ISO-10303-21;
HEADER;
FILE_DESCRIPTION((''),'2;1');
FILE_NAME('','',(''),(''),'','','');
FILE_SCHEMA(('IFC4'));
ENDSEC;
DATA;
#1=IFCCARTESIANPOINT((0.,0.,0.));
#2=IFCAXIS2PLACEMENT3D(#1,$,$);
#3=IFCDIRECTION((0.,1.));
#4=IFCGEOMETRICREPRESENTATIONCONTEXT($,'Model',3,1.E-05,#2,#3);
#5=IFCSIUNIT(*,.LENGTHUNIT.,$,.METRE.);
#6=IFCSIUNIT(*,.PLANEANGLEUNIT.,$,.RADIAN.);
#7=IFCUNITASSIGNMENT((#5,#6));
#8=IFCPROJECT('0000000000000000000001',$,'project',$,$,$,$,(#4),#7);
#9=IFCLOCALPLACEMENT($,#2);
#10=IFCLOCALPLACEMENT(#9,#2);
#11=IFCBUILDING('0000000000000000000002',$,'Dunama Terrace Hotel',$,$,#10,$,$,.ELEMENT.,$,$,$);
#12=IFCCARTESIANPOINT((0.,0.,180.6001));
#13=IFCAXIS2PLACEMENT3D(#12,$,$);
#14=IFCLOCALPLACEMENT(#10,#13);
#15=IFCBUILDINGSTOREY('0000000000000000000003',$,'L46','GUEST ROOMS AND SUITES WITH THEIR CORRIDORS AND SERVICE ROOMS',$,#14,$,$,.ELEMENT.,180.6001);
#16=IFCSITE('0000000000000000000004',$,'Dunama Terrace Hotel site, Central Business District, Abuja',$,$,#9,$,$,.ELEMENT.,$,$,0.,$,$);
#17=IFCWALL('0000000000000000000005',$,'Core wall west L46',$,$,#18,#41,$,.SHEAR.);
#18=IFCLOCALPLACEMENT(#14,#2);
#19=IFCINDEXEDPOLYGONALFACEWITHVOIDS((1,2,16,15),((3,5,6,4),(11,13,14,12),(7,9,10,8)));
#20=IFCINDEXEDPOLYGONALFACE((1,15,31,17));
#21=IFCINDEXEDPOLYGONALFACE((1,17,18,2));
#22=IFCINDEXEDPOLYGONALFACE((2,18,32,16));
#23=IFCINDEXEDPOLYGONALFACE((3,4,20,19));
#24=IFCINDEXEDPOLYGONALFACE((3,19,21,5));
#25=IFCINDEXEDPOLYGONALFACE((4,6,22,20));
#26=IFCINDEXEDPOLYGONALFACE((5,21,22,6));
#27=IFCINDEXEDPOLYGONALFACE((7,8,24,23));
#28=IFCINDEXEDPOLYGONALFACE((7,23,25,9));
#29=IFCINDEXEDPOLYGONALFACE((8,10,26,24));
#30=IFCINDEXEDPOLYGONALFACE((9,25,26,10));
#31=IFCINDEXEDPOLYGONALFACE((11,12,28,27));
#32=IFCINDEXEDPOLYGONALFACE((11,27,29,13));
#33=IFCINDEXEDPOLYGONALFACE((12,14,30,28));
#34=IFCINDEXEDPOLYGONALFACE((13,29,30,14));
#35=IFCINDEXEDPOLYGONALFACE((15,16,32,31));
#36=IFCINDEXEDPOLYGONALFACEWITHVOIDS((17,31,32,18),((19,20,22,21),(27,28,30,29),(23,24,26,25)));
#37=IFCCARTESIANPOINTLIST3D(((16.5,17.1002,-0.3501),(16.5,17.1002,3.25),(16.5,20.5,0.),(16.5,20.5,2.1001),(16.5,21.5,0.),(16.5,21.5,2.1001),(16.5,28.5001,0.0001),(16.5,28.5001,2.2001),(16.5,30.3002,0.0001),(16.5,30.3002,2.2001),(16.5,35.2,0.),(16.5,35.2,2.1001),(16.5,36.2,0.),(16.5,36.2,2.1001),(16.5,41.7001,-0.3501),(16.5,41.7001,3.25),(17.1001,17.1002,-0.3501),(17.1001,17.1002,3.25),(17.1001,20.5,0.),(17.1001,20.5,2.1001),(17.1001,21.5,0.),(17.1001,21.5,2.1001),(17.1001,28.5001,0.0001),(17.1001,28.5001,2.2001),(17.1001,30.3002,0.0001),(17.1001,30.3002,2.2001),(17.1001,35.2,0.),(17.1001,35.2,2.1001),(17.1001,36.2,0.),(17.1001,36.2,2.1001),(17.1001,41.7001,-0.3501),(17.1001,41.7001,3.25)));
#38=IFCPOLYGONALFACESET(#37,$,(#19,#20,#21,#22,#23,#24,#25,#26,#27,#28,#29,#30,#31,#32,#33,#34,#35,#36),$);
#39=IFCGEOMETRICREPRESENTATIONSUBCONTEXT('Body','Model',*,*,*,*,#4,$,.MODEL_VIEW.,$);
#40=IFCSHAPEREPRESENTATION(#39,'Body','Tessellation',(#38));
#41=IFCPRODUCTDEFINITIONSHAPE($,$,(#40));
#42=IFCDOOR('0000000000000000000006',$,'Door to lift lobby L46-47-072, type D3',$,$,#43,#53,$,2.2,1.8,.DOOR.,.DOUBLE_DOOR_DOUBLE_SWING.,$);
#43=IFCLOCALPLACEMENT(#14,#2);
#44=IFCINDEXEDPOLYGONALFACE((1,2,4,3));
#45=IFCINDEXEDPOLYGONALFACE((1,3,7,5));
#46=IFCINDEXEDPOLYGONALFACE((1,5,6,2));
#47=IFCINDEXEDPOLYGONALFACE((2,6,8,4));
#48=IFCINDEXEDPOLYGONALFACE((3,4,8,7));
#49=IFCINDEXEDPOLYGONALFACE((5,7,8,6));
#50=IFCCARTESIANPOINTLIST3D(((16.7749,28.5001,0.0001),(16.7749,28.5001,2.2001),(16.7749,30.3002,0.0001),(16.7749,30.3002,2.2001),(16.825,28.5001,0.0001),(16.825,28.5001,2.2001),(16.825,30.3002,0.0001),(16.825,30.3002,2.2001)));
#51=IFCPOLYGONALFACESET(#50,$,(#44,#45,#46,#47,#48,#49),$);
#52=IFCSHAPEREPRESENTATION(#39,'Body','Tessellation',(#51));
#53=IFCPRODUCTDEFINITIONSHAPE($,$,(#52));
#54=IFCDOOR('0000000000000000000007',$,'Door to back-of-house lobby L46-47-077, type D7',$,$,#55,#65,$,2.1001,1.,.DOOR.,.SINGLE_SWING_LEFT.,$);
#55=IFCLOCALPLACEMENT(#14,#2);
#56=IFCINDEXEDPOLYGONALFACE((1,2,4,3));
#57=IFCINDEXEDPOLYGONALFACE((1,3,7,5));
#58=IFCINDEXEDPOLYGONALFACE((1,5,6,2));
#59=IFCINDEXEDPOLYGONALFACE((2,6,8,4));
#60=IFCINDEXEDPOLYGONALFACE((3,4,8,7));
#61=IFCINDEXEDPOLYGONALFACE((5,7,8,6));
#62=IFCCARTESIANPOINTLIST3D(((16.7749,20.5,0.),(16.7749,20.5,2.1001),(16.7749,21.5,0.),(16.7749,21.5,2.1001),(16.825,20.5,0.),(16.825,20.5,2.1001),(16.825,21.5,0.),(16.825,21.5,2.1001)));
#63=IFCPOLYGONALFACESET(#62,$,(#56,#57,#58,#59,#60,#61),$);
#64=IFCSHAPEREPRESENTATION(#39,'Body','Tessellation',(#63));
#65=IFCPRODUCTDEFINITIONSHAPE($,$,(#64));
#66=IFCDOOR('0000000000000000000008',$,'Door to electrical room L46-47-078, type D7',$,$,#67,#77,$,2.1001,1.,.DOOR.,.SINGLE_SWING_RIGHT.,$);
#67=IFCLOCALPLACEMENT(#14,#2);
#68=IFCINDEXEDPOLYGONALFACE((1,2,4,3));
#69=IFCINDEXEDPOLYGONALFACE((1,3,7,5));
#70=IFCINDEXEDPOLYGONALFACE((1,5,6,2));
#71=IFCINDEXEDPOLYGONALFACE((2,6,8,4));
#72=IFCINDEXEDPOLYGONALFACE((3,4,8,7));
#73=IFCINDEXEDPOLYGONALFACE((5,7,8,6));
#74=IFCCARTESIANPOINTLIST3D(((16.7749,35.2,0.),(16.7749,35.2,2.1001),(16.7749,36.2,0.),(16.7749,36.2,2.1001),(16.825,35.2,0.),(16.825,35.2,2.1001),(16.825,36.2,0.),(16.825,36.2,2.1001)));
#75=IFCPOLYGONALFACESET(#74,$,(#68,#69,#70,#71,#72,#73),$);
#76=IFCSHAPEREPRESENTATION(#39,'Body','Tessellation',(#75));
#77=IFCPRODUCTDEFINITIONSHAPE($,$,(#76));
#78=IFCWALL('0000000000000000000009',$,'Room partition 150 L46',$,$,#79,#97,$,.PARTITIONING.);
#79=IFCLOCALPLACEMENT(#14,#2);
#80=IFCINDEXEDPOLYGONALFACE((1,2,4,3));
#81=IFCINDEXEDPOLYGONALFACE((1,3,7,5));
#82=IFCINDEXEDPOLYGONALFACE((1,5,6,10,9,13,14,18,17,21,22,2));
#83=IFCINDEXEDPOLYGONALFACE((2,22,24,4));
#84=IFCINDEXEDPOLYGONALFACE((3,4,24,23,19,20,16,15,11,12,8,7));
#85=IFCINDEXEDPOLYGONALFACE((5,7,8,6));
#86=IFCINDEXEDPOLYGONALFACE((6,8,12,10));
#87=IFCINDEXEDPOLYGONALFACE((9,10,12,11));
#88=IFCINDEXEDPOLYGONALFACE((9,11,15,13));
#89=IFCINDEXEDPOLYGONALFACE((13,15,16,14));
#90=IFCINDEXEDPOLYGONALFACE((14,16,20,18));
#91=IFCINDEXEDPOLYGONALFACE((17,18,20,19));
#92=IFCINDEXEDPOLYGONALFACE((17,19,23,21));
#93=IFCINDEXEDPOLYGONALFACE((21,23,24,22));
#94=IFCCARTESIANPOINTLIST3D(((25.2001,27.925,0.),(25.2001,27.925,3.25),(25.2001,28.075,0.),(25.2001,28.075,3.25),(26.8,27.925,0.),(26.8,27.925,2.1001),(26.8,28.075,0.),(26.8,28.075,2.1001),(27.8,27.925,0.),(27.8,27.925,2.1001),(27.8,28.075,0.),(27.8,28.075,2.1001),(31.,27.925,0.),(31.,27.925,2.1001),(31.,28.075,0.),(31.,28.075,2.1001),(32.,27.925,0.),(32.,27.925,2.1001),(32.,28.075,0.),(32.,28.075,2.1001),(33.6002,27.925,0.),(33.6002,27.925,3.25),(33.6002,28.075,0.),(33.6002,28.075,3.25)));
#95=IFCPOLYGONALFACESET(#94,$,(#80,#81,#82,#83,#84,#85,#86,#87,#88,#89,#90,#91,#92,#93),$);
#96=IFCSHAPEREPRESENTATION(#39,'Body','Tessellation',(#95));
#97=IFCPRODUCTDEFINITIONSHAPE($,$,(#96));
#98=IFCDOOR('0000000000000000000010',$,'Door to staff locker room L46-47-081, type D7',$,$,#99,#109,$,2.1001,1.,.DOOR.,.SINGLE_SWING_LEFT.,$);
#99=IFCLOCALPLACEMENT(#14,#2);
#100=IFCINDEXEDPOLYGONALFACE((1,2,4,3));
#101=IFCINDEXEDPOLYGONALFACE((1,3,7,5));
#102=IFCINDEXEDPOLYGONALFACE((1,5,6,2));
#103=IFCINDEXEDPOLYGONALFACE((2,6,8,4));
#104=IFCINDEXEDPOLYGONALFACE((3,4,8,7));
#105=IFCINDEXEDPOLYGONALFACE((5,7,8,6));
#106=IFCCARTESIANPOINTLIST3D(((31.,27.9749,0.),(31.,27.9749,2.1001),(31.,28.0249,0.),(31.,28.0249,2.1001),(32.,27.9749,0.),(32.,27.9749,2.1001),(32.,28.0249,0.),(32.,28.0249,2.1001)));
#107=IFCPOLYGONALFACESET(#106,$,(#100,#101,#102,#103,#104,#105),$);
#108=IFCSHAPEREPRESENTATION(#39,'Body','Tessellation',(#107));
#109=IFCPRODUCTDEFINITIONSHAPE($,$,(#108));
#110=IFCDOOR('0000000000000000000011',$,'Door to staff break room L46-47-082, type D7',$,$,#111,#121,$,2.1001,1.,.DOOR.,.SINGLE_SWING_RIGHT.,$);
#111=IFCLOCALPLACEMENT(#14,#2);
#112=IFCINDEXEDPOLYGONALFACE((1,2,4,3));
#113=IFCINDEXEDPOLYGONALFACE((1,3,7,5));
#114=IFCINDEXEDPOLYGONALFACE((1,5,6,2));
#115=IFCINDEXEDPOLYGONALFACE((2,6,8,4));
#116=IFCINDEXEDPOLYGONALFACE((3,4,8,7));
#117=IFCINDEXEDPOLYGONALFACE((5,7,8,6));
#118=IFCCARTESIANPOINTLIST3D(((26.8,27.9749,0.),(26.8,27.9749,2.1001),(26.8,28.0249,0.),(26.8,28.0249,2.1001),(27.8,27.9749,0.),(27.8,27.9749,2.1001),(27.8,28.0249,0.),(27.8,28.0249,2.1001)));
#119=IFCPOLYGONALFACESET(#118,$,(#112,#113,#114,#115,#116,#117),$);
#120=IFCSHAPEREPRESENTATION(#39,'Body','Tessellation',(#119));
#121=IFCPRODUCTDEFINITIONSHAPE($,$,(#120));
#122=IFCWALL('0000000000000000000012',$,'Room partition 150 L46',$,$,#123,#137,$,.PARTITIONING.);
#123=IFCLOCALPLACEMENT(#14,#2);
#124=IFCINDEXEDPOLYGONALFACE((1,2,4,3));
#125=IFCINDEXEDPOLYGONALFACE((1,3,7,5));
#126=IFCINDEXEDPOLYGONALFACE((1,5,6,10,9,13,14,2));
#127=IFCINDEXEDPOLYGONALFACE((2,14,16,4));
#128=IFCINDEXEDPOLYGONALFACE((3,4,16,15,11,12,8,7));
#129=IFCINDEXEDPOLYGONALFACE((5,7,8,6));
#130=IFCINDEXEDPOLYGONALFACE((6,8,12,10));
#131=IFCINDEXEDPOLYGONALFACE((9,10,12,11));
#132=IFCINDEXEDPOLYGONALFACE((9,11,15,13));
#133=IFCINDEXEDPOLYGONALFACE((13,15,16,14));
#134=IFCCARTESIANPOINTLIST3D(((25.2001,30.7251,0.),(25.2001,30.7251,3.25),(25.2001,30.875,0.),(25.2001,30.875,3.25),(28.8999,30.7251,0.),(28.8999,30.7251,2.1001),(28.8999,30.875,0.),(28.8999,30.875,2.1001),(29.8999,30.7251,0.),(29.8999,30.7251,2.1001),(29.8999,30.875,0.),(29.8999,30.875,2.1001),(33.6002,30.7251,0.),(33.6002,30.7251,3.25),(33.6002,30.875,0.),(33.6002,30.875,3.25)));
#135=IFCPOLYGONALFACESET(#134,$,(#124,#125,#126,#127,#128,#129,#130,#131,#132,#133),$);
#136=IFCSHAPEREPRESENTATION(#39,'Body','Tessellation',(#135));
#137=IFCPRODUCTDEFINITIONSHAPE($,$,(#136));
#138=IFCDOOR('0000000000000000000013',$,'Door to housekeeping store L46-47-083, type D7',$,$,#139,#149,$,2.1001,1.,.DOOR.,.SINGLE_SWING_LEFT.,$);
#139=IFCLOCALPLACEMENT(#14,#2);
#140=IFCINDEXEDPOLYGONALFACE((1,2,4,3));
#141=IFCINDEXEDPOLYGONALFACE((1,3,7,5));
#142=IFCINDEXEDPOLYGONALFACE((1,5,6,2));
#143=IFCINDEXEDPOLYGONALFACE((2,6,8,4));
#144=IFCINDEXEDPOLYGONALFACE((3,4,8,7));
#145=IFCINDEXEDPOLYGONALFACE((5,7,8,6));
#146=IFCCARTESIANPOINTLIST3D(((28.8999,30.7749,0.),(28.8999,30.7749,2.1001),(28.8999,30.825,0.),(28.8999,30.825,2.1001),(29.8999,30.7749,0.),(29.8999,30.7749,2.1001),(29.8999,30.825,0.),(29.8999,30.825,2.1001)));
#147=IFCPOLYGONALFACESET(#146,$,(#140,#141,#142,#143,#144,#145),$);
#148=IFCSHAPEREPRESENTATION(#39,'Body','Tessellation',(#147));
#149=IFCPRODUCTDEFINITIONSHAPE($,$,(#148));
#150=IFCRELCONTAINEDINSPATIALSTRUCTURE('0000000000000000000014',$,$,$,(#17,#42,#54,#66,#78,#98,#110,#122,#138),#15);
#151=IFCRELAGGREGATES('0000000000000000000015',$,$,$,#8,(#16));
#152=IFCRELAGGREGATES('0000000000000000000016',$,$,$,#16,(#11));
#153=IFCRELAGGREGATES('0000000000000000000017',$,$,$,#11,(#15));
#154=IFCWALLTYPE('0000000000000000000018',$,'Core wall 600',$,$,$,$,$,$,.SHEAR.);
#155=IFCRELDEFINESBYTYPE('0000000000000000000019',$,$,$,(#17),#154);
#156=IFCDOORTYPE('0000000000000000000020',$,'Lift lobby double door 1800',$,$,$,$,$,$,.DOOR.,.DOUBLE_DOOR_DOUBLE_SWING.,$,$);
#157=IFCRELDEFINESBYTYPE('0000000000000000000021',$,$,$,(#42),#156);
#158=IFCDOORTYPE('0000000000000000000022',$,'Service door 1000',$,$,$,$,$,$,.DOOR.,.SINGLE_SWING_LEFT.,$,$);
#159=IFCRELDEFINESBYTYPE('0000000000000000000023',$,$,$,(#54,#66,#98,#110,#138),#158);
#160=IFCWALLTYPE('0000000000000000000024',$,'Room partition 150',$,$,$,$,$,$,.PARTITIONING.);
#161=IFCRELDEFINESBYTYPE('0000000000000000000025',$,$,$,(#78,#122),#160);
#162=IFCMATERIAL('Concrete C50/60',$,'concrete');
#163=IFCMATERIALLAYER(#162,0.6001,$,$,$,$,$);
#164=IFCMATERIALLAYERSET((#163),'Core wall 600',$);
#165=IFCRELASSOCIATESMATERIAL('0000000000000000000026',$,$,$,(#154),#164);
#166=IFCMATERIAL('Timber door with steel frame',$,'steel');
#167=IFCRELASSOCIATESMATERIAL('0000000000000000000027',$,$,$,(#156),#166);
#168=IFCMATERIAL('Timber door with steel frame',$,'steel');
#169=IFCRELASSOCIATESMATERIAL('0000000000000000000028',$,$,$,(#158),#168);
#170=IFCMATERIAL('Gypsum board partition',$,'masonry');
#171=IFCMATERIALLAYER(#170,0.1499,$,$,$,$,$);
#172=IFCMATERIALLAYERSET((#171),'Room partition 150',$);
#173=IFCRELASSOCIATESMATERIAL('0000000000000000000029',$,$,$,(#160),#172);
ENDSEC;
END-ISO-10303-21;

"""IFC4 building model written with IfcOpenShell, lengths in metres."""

from ifc_helpers import new_model, si_unit, direction, frame, frame_2d, origin, place, context, subcontext, project, spatial, rectangle, extrude, material, layer, layer_set, type_object, element, fill, save


model = new_model("IFC4")

# Units and contexts
model_context = context("Model", 3, precision=1e-05, world=origin(), true_north=direction((0.0, 1.0)))
body_context = subcontext(model_context, "Body", "Model", "MODEL_VIEW")
ifc_project = project(units=[si_unit("LENGTHUNIT", "METRE"), si_unit("PLANEANGLEUNIT", "RADIAN")], contexts=[model_context])

# Site, building, storey
site_placement = place(None, origin())
site = spatial("IfcSite", under=ifc_project, at=site_placement, Name="Dunama Terrace Hotel site, Central Business District, Abuja", CompositionType="ELEMENT", RefElevation=0.0)
building_placement = place(site_placement, origin())
building = spatial("IfcBuilding", under=site, at=building_placement, Name="Dunama Terrace Hotel", CompositionType="ELEMENT")
storey_placement = place(building_placement, frame((0.0, 0.0, 180.6001)))
storey = spatial("IfcBuildingStorey", under=building, at=storey_placement, Name="L46", Description="GUEST ROOMS AND SUITES WITH THEIR CORRIDORS AND SERVICE ROOMS", CompositionType="ELEMENT", Elevation=180.6001)

# Walls, openings, doors
ifc_material_1 = material(Name="Concrete C50/60", Category="concrete")
ifc_layer_1 = layer(ifc_material_1, 0.6001)
ifc_layer_set_1 = layer_set([ifc_layer_1], Name="Core wall 600")
wall_type_1 = type_object("IfcWallType", Name="Core wall 600", PredefinedType="SHEAR", material=ifc_layer_set_1)
wall_1_placement = place(storey_placement, frame((16.8, 41.7, -0.3501), z_axis=(0.0, 0.0, 1.0), x_axis=(0.0, -1.0, 0.0)))
wall_1 = element("IfcWall", 1, at=wall_1_placement, inside=storey, type_object=wall_type_1, Name="Core wall west L46", PredefinedType="SHEAR", context=body_context, shape_type="SweptSolid", body=[
    extrude(rectangle(XDim=24.5999, YDim=0.6001, at=frame_2d((12.2998, 0.0))), origin(), (0.0, 0.0, 1.0), 3.6001),
])
opening_1_placement = place(wall_1_placement, frame((11.3999, 0.0, 0.3501)))
opening_1 = element("IfcOpeningElement", 2, at=opening_1_placement, cuts=wall_1, PredefinedType="OPENING", context=body_context, shape_type="SweptSolid", body=[
    extrude(rectangle(XDim=1.8, YDim=2.2, at=frame_2d((0.8999, 1.1001))), frame((0.0, 0.3101, 0.0), z_axis=(0.0, -1.0, 0.0), x_axis=(1.0, 0.0, 0.0)), (0.0, 0.0, 1.0), 0.6201),
])
opening_2_placement = place(wall_1_placement, frame((20.2, 0.0, 0.3501)))
opening_2 = element("IfcOpeningElement", 3, at=opening_2_placement, cuts=wall_1, PredefinedType="OPENING", context=body_context, shape_type="SweptSolid", body=[
    extrude(rectangle(XDim=1.0, YDim=2.1001, at=frame_2d((0.5, 1.05))), frame((0.0, 0.3101, 0.0), z_axis=(0.0, -1.0, 0.0), x_axis=(1.0, 0.0, 0.0)), (0.0, 0.0, 1.0), 0.6201),
])
opening_3_placement = place(wall_1_placement, frame((5.5, 0.0, 0.3501)))
opening_3 = element("IfcOpeningElement", 4, at=opening_3_placement, cuts=wall_1, PredefinedType="OPENING", context=body_context, shape_type="SweptSolid", body=[
    extrude(rectangle(XDim=1.0, YDim=2.1001, at=frame_2d((0.5, 1.05))), frame((0.0, 0.3101, 0.0), z_axis=(0.0, -1.0, 0.0), x_axis=(1.0, 0.0, 0.0)), (0.0, 0.0, 1.0), 0.6201),
])
ifc_material_2 = material(Name="Timber door with steel frame", Category="steel")
door_type_1 = type_object("IfcDoorType", Name="Lift lobby double door 1800", OperationType="DOUBLE_DOOR_DOUBLE_SWING", PredefinedType="DOOR", material=ifc_material_2)
door_1_placement = place(opening_1_placement, origin())
door_1 = element("IfcDoor", 5, at=door_1_placement, inside=storey, type_object=door_type_1, Name="Door to lift lobby L46-47-072, type D3", OperationType="DOUBLE_DOOR_DOUBLE_SWING", OverallHeight=2.2, OverallWidth=1.8, PredefinedType="DOOR", context=body_context, shape_type="SweptSolid", body=[
    extrude(rectangle(XDim=1.8, YDim=2.2, at=frame_2d((0.8999, 1.1001))), frame((0.0, 0.0249, 0.0), z_axis=(0.0, -1.0, 0.0), x_axis=(1.0, 0.0, 0.0)), (0.0, 0.0, 1.0), 0.05),
])
fill(opening_1, door_1)
ifc_material_3 = material(Name="Timber door with steel frame", Category="steel")
door_type_2 = type_object("IfcDoorType", Name="Service door 1000", OperationType="SINGLE_SWING_LEFT", PredefinedType="DOOR", material=ifc_material_3)
door_2_placement = place(opening_2_placement, origin())
door_2 = element("IfcDoor", 6, at=door_2_placement, inside=storey, type_object=door_type_2, Name="Door to back-of-house lobby L46-47-077, type D7", OperationType="SINGLE_SWING_LEFT", OverallHeight=2.1001, OverallWidth=1.0, PredefinedType="DOOR", context=body_context, shape_type="SweptSolid", body=[
    extrude(rectangle(XDim=1.0, YDim=2.1001, at=frame_2d((0.5, 1.05))), frame((0.0, 0.0249, 0.0), z_axis=(0.0, -1.0, 0.0), x_axis=(1.0, 0.0, 0.0)), (0.0, 0.0, 1.0), 0.05),
])
fill(opening_2, door_2)
door_3_placement = place(opening_3_placement, origin())
door_3 = element("IfcDoor", 7, at=door_3_placement, inside=storey, type_object=door_type_2, Name="Door to electrical room L46-47-078, type D7", OperationType="SINGLE_SWING_RIGHT", OverallHeight=2.1001, OverallWidth=1.0, PredefinedType="DOOR", context=body_context, shape_type="SweptSolid", body=[
    extrude(rectangle(XDim=1.0, YDim=2.1001, at=frame_2d((0.5, 1.05))), frame((0.0, 0.0249, 0.0), z_axis=(0.0, -1.0, 0.0), x_axis=(1.0, 0.0, 0.0)), (0.0, 0.0, 1.0), 0.05),
])
fill(opening_3, door_3)
ifc_material_4 = material(Name="Gypsum board partition", Category="masonry")
ifc_layer_2 = layer(ifc_material_4, 0.1499)
ifc_layer_set_2 = layer_set([ifc_layer_2], Name="Room partition 150")
wall_type_2 = type_object("IfcWallType", Name="Room partition 150", PredefinedType="PARTITIONING", material=ifc_layer_set_2)
wall_2_placement = place(storey_placement, frame((25.2, 28.0, 0.0), z_axis=(0.0, 0.0, 1.0), x_axis=(1.0, 0.0, 0.0)))
wall_2 = element("IfcWall", 8, at=wall_2_placement, inside=storey, type_object=wall_type_2, Name="Room partition 150 L46", PredefinedType="PARTITIONING", context=body_context, shape_type="SweptSolid", body=[
    extrude(rectangle(XDim=8.4001, YDim=0.1499, at=frame_2d((4.2002, 0.0))), origin(), (0.0, 0.0, 1.0), 3.25),
])
opening_4_placement = place(wall_2_placement, frame((5.8, 0.0, 0.0)))
opening_4 = element("IfcOpeningElement", 9, at=opening_4_placement, cuts=wall_2, PredefinedType="OPENING", context=body_context, shape_type="SweptSolid", body=[
    extrude(rectangle(XDim=1.0, YDim=2.1001, at=frame_2d((0.5, 1.05))), frame((0.0, 0.085, 0.0), z_axis=(0.0, -1.0, 0.0), x_axis=(1.0, 0.0, 0.0)), (0.0, 0.0, 1.0), 0.1699),
])
opening_5_placement = place(wall_2_placement, frame((1.6001, 0.0, 0.0)))
opening_5 = element("IfcOpeningElement", 10, at=opening_5_placement, cuts=wall_2, PredefinedType="OPENING", context=body_context, shape_type="SweptSolid", body=[
    extrude(rectangle(XDim=1.0, YDim=2.1001, at=frame_2d((0.5, 1.05))), frame((0.0, 0.085, 0.0), z_axis=(0.0, -1.0, 0.0), x_axis=(1.0, 0.0, 0.0)), (0.0, 0.0, 1.0), 0.1699),
])
door_4_placement = place(opening_4_placement, frame((1.0, 0.0, 0.0), z_axis=(0.0, 0.0, 1.0), x_axis=(-1.0, 0.0, 0.0)))
door_4 = element("IfcDoor", 11, at=door_4_placement, inside=storey, type_object=door_type_2, Name="Door to staff locker room L46-47-081, type D7", OperationType="SINGLE_SWING_LEFT", OverallHeight=2.1001, OverallWidth=1.0, PredefinedType="DOOR", context=body_context, shape_type="SweptSolid", body=[
    extrude(rectangle(XDim=1.0, YDim=2.1001, at=frame_2d((0.5, 1.05))), frame((0.0, 0.0251, 0.0), z_axis=(0.0, -1.0, 0.0), x_axis=(1.0, 0.0, 0.0)), (0.0, 0.0, 1.0), 0.05),
])
fill(opening_4, door_4)
door_5_placement = place(opening_5_placement, frame((1.0, 0.0, 0.0), z_axis=(0.0, 0.0, 1.0), x_axis=(-1.0, 0.0, 0.0)))
door_5 = element("IfcDoor", 12, at=door_5_placement, inside=storey, type_object=door_type_2, Name="Door to staff break room L46-47-082, type D7", OperationType="SINGLE_SWING_RIGHT", OverallHeight=2.1001, OverallWidth=1.0, PredefinedType="DOOR", context=body_context, shape_type="SweptSolid", body=[
    extrude(rectangle(XDim=1.0, YDim=2.1001, at=frame_2d((0.5, 1.05))), frame((0.0, 0.0251, 0.0), z_axis=(0.0, -1.0, 0.0), x_axis=(1.0, 0.0, 0.0)), (0.0, 0.0, 1.0), 0.05),
])
fill(opening_5, door_5)

# Wall, opening, door
wall_3_placement = place(storey_placement, frame((25.2, 30.8, 0.0), z_axis=(0.0, 0.0, 1.0), x_axis=(1.0, 0.0, 0.0)))
wall_3 = element("IfcWall", 13, at=wall_3_placement, inside=storey, type_object=wall_type_2, Name="Room partition 150 L46", PredefinedType="PARTITIONING", context=body_context, shape_type="SweptSolid", body=[
    extrude(rectangle(XDim=8.4001, YDim=0.1499, at=frame_2d((4.2002, 0.0))), origin(), (0.0, 0.0, 1.0), 3.25),
])
opening_6_placement = place(wall_3_placement, frame((3.7, 0.0, 0.0)))
opening_6 = element("IfcOpeningElement", 14, at=opening_6_placement, cuts=wall_3, PredefinedType="OPENING", context=body_context, shape_type="SweptSolid", body=[
    extrude(rectangle(XDim=1.0, YDim=2.1001, at=frame_2d((0.5, 1.05))), frame((0.0, 0.085, 0.0), z_axis=(0.0, -1.0, 0.0), x_axis=(1.0, 0.0, 0.0)), (0.0, 0.0, 1.0), 0.1699),
])
door_6_placement = place(opening_6_placement, origin())
door_6 = element("IfcDoor", 15, at=door_6_placement, inside=storey, type_object=door_type_2, Name="Door to housekeeping store L46-47-083, type D7", OperationType="SINGLE_SWING_LEFT", OverallHeight=2.1001, OverallWidth=1.0, PredefinedType="DOOR", context=body_context, shape_type="SweptSolid", body=[
    extrude(rectangle(XDim=1.0, YDim=2.1001, at=frame_2d((0.5, 1.05))), frame((0.0, 0.0249, 0.0), z_axis=(0.0, -1.0, 0.0), x_axis=(1.0, 0.0, 0.0)), (0.0, 0.0, 1.0), 0.05),
])
fill(opening_6, door_6)

save(model, "model.ifc")
